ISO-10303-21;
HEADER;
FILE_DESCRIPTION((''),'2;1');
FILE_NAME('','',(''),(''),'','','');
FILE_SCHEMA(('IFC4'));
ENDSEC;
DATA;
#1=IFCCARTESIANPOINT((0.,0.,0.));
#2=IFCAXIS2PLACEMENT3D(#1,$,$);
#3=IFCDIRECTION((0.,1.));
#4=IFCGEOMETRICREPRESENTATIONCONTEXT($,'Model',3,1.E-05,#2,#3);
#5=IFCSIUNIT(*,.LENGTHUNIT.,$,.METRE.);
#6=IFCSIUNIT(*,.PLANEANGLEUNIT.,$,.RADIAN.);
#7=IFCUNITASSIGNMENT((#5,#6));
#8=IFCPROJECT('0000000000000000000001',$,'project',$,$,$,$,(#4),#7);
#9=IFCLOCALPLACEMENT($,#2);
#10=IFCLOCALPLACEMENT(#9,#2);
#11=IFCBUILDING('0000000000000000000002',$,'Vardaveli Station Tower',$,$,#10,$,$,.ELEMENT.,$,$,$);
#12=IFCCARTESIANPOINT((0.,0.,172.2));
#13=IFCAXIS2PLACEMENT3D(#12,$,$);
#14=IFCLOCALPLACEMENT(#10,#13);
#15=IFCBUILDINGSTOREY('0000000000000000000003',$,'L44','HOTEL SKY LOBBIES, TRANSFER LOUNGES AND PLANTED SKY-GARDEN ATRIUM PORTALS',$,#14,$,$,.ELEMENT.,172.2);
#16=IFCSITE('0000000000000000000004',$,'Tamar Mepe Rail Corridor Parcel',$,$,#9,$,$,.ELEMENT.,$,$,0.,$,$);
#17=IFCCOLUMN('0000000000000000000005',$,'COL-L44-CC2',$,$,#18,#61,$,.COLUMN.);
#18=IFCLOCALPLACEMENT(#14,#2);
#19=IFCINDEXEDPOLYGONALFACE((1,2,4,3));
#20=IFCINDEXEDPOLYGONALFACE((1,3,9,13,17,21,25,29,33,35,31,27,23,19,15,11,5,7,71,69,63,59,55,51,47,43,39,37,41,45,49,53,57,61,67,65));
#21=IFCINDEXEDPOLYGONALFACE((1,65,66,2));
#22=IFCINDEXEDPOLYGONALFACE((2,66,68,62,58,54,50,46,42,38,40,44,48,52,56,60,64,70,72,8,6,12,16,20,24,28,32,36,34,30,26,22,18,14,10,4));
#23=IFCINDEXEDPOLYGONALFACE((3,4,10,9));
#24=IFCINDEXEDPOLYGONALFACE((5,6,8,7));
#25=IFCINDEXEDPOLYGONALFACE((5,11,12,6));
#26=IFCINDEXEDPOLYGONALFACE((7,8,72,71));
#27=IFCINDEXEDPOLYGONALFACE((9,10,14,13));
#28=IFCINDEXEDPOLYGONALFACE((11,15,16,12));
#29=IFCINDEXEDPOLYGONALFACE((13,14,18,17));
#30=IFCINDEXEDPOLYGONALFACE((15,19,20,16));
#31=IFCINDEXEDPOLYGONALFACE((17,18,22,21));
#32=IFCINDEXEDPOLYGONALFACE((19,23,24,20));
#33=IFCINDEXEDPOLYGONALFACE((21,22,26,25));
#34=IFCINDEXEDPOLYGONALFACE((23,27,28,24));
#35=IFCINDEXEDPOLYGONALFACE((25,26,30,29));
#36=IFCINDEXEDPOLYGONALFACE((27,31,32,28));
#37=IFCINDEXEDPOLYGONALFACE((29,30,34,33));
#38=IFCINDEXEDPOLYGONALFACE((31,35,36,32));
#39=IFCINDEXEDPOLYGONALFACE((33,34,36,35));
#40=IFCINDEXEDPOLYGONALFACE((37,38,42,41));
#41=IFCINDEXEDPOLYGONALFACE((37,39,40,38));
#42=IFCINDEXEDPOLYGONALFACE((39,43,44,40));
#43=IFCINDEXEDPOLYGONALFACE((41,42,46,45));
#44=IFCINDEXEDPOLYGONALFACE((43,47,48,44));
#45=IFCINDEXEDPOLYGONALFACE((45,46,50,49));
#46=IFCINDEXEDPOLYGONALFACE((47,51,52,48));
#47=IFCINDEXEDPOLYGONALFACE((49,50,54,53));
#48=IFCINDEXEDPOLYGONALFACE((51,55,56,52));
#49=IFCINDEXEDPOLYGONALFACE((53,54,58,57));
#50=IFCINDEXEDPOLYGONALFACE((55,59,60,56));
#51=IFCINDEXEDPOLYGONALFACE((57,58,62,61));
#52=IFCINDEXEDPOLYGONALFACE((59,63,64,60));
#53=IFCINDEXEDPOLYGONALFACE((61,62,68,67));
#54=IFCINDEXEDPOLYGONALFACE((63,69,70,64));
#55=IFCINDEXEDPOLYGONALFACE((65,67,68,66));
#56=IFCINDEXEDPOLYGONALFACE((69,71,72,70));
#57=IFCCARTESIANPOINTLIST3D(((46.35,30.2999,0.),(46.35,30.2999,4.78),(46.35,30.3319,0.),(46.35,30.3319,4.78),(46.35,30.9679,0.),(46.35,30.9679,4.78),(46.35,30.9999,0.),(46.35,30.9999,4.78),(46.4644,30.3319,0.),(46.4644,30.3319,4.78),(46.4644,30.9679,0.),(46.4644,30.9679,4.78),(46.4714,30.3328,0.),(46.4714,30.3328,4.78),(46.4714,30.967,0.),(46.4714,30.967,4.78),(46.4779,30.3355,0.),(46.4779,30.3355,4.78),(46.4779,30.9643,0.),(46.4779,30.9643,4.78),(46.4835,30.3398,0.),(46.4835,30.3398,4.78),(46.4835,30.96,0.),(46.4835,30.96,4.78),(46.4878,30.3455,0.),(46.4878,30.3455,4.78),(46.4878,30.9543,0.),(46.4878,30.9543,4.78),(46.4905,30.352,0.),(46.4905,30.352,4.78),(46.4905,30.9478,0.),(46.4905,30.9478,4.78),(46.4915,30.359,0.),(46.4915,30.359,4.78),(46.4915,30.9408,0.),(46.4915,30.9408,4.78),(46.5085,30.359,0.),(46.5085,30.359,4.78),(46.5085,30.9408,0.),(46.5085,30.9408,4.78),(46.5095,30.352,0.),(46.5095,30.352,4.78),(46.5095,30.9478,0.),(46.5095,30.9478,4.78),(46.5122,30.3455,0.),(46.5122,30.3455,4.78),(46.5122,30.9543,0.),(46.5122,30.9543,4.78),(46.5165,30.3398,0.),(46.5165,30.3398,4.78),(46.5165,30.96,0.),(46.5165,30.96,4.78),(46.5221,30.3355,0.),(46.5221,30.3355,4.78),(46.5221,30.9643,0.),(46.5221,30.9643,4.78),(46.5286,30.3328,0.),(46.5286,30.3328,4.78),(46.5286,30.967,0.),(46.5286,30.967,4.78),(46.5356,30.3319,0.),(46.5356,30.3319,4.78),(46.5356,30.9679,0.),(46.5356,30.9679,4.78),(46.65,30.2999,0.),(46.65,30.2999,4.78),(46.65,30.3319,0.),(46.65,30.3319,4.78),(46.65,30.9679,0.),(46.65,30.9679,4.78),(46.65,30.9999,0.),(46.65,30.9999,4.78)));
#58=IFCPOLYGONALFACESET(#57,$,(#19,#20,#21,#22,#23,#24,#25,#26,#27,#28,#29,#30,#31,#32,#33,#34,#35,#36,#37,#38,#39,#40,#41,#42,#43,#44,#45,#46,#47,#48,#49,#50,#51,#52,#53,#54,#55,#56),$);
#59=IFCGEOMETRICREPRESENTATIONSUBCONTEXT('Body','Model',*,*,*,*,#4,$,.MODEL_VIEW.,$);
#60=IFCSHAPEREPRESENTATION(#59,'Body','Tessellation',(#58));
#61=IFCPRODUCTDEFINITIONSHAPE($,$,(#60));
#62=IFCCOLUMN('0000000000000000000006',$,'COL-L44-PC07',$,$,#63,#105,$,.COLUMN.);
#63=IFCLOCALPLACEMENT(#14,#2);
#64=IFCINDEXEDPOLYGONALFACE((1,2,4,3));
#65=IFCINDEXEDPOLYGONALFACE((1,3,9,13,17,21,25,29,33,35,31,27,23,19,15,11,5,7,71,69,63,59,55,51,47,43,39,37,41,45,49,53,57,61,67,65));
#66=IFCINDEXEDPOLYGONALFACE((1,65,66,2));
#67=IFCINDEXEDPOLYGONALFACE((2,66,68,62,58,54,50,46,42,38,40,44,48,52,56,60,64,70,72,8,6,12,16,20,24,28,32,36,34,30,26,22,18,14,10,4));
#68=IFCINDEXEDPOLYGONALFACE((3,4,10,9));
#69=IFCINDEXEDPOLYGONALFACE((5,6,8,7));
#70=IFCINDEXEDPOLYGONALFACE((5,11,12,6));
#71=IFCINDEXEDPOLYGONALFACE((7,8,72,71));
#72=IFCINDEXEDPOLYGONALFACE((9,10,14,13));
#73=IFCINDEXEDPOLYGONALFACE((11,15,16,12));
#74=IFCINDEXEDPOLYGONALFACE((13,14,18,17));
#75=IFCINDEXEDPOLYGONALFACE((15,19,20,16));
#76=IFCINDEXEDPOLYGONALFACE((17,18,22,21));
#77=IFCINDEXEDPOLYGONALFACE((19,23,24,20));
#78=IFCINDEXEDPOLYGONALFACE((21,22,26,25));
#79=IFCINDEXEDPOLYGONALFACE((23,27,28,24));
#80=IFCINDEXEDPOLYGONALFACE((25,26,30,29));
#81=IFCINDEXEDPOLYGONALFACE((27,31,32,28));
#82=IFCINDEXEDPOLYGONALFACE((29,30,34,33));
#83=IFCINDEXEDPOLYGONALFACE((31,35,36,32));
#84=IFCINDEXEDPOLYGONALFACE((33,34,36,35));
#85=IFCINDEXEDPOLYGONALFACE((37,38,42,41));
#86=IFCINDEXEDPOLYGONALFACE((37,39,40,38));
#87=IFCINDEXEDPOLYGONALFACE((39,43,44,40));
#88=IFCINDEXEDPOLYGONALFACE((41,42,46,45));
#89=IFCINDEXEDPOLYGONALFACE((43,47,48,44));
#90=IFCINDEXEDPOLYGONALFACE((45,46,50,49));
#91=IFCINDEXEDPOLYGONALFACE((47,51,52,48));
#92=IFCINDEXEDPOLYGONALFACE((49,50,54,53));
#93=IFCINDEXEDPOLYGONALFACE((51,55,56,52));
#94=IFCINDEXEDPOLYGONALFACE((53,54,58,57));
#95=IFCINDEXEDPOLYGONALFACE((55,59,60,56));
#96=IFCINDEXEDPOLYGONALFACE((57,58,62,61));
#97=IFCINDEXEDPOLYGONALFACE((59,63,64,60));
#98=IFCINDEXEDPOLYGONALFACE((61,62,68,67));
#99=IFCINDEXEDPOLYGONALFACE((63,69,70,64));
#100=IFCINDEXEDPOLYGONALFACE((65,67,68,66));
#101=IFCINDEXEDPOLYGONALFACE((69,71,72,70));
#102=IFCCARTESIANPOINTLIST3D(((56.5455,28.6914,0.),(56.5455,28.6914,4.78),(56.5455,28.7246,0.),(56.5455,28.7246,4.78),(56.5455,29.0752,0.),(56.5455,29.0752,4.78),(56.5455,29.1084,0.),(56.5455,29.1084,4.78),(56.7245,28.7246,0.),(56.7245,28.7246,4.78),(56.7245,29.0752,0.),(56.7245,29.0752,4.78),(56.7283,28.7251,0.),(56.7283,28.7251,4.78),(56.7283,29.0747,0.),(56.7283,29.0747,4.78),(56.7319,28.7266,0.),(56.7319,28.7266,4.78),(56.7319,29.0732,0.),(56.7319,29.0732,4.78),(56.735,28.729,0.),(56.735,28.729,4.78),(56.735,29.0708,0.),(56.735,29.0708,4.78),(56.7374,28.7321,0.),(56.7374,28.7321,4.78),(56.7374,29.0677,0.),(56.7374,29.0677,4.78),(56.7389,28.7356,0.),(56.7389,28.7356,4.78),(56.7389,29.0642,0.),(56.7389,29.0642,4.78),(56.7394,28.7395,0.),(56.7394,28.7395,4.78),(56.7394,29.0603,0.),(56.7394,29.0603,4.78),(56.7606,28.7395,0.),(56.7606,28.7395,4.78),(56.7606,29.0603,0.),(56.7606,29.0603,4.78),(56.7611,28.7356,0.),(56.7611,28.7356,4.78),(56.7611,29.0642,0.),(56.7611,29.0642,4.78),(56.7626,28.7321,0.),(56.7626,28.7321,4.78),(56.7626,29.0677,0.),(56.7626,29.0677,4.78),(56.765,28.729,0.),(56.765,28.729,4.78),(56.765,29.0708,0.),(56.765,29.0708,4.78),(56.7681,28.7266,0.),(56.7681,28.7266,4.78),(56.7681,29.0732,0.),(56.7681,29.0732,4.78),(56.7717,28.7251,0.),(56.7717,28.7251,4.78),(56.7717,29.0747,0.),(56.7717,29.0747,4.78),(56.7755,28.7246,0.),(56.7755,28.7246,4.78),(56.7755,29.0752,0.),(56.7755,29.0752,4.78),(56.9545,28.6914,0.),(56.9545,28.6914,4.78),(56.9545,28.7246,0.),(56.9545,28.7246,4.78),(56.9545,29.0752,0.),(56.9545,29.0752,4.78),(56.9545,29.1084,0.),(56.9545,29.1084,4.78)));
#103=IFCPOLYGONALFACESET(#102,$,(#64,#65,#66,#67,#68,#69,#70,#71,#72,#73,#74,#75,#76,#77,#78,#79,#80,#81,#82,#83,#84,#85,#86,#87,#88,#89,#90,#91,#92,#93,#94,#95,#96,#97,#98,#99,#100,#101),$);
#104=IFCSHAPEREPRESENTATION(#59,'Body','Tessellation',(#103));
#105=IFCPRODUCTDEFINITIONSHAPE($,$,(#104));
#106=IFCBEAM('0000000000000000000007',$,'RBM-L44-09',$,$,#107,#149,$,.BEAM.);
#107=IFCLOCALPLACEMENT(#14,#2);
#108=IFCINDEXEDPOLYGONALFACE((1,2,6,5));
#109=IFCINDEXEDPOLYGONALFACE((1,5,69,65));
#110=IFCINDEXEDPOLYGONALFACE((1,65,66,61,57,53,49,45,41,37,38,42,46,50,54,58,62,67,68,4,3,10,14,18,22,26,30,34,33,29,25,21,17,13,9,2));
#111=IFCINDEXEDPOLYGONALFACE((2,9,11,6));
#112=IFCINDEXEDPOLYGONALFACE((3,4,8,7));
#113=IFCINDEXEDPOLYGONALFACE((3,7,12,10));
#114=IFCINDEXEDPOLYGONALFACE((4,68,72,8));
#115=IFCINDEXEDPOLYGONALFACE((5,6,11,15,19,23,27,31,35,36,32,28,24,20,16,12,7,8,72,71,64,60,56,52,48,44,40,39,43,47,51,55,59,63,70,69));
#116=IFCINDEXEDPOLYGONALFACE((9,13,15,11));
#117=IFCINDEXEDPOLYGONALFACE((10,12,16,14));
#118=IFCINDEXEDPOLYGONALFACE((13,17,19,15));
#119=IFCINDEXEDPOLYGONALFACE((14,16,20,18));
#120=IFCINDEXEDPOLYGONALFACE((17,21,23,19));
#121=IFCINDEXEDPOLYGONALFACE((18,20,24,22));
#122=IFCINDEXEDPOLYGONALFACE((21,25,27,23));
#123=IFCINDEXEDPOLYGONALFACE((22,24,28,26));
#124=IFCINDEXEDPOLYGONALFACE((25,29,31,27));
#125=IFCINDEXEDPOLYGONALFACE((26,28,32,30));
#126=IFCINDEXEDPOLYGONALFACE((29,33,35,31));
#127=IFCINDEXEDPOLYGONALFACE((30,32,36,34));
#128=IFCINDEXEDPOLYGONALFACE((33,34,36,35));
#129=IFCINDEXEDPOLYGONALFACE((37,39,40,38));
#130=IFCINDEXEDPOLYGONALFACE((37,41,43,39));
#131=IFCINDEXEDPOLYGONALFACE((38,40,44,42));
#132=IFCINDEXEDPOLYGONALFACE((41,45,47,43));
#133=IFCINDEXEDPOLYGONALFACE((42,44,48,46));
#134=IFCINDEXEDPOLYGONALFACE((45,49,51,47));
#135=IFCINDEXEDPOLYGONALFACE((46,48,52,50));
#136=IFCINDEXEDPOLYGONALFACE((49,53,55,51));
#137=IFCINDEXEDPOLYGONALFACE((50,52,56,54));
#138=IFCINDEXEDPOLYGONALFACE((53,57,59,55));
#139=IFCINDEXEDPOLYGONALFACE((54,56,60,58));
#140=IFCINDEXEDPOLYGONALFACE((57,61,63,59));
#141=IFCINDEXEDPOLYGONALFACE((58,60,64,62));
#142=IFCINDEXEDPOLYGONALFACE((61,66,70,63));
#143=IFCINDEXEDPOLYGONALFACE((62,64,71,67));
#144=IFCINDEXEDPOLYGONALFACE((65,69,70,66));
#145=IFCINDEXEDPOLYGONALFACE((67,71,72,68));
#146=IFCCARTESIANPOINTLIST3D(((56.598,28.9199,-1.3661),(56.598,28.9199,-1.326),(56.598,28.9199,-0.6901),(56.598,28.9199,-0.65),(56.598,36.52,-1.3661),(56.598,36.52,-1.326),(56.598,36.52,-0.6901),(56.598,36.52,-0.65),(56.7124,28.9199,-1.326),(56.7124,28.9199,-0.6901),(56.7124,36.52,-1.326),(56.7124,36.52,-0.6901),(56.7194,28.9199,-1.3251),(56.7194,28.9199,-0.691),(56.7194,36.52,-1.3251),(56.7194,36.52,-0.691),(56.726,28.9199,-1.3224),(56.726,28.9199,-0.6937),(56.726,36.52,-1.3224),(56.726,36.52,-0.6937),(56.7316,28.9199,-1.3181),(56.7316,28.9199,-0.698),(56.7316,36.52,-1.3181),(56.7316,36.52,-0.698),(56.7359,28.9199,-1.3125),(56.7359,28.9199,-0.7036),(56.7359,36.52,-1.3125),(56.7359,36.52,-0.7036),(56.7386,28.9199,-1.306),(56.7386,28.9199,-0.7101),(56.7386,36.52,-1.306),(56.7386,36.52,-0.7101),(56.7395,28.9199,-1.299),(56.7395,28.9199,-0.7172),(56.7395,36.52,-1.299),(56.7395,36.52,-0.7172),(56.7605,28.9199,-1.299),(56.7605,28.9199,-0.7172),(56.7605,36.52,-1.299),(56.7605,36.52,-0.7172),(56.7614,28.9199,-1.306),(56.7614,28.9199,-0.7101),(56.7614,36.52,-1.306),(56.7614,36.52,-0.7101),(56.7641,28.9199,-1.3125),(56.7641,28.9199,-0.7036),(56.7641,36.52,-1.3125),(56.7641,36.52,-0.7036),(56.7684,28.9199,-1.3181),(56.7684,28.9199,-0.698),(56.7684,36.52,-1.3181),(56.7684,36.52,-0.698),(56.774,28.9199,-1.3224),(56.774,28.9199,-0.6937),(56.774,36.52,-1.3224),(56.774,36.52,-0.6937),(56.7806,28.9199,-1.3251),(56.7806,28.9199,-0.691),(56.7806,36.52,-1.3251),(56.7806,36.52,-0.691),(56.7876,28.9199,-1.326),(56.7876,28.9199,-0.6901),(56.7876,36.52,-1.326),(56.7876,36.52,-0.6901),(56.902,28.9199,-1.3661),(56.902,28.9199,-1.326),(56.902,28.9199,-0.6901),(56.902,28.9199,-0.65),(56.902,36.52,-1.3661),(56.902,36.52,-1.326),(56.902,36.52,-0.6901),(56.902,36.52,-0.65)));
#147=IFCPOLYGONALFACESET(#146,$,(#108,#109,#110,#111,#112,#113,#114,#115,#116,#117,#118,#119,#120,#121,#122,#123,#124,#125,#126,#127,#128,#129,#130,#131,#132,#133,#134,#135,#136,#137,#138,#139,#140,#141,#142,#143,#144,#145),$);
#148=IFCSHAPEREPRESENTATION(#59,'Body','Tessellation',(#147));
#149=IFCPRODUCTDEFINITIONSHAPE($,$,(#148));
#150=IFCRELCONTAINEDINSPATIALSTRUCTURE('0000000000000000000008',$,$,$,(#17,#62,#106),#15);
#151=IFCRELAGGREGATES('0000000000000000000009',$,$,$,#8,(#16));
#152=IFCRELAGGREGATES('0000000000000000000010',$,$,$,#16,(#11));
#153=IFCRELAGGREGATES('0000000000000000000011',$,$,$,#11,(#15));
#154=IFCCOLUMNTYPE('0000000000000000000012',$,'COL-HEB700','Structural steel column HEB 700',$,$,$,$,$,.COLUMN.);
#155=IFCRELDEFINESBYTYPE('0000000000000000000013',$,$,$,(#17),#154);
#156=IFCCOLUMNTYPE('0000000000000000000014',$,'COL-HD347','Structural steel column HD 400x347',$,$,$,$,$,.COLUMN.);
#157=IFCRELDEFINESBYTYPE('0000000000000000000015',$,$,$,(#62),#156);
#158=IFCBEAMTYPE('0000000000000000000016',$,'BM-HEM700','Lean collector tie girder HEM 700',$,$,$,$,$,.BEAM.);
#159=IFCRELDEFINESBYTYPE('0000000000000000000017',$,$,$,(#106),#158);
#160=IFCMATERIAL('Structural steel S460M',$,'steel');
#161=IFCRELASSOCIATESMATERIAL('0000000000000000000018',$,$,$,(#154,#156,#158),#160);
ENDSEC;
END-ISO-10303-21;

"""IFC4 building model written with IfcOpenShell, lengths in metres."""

from ifc_helpers import new_model, si_unit, direction, frame, origin, origin_2d, place, context, subcontext, project, spatial, i_section, extrude, source, transform, mapped, material, material_profile, profile_set, type_object, element, save


model = new_model("IFC4")

# Units and contexts
model_context = context("Model", 3, precision=1e-05, world=origin(), true_north=direction((0.0, 1.0)))
body_context = subcontext(model_context, "Body", "Model", "MODEL_VIEW")
ifc_project = project(units=[si_unit("LENGTHUNIT", "METRE"), si_unit("PLANEANGLEUNIT", "RADIAN")], contexts=[model_context])

# Site, building, storey
site_placement = place(None, origin())
site = spatial("IfcSite", under=ifc_project, at=site_placement, Name="Tamar Mepe Rail Corridor Parcel", CompositionType="ELEMENT", RefElevation=0.0)
building_placement = place(site_placement, origin())
building = spatial("IfcBuilding", under=site, at=building_placement, Name="Vardaveli Station Tower", CompositionType="ELEMENT")
storey_placement = place(building_placement, frame((0.0, 0.0, 172.2)))
storey = spatial("IfcBuildingStorey", under=building, at=storey_placement, Name="L44", Description="HOTEL SKY LOBBIES, TRANSFER LOUNGES AND PLANTED SKY-GARDEN ATRIUM PORTALS", CompositionType="ELEMENT", Elevation=172.2)

# Columns
ifc_material_1 = material(Name="Structural steel S460M", Category="steel")
ifc_material_profile_1 = material_profile(ifc_material_1, i_section(OverallWidth=0.3, OverallDepth=0.7, WebThickness=0.0171, FlangeThickness=0.032, FilletRadius=0.0271, at=origin_2d()), Name="HEB 700")
ifc_profile_set_1 = profile_set([ifc_material_profile_1], Name="Structural steel S460M")
column_type_1 = type_object("IfcColumnType", Name="COL-HEB700", Description="Structural steel column HEB 700", PredefinedType="COLUMN", material=ifc_profile_set_1)
shared_shape_1 = source(origin(), body_context, "Body", "SweptSolid", [
    extrude(i_section(OverallWidth=0.3, OverallDepth=0.7, WebThickness=0.0171, FlangeThickness=0.032, FilletRadius=0.0271, at=origin_2d()), origin(), (0.0, 0.0, 1.0), 4.78),
])
column_1_placement = place(storey_placement, frame((46.5, 30.6499, 0.0), z_axis=(0.0, 0.0, 1.0), x_axis=(1.0, 0.0, 0.0)))
element("IfcColumn", 1, at=column_1_placement, inside=storey, type_object=column_type_1, Name="COL-L44-CC2", PredefinedType="COLUMN", context=body_context, shape_type="MappedRepresentation", body=[
    mapped(shared_shape_1, transform((0.0, 0.0, 0.0), scale=1.0)),
])
ifc_material_profile_2 = material_profile(ifc_material_1, i_section(OverallWidth=0.4089, OverallDepth=0.417, WebThickness=0.0212, FlangeThickness=0.0332, FilletRadius=0.0149, at=origin_2d()), Name="HD 400x347")
ifc_profile_set_2 = profile_set([ifc_material_profile_2], Name="Structural steel S460M")
column_type_2 = type_object("IfcColumnType", Name="COL-HD347", Description="Structural steel column HD 400x347", PredefinedType="COLUMN", material=ifc_profile_set_2)
shared_shape_2 = source(origin(), body_context, "Body", "SweptSolid", [
    extrude(i_section(OverallWidth=0.4089, OverallDepth=0.417, WebThickness=0.0212, FlangeThickness=0.0332, FilletRadius=0.0149, at=origin_2d()), origin(), (0.0, 0.0, 1.0), 4.78),
])
column_2_placement = place(storey_placement, frame((56.75, 28.8999, 0.0), z_axis=(0.0, 0.0, 1.0), x_axis=(1.0, 0.0, 0.0)))
element("IfcColumn", 2, at=column_2_placement, inside=storey, type_object=column_type_2, Name="COL-L44-PC07", PredefinedType="COLUMN", context=body_context, shape_type="MappedRepresentation", body=[
    mapped(shared_shape_2, transform((0.0, 0.0, 0.0), scale=1.0)),
])

# Beam
ifc_material_profile_3 = material_profile(ifc_material_1, i_section(OverallWidth=0.304, OverallDepth=0.7161, WebThickness=0.021, FlangeThickness=0.04, FilletRadius=0.0271, at=origin_2d()), Name="HEM 700")
ifc_profile_set_3 = profile_set([ifc_material_profile_3], Name="Structural steel S460M")
beam_type_1 = type_object("IfcBeamType", Name="BM-HEM700", Description="Lean collector tie girder HEM 700", PredefinedType="BEAM", material=ifc_profile_set_3)
shared_shape_3 = source(origin(), body_context, "Body", "SweptSolid", [
    extrude(i_section(OverallWidth=0.304, OverallDepth=0.7161, WebThickness=0.021, FlangeThickness=0.04, FilletRadius=0.0271, at=origin_2d()), origin(), (0.0, 0.0, 1.0), 7.6001),
])
beam_1_placement = place(storey_placement, frame((56.75, 28.9199, -1.0081), z_axis=(0.0, 1.0, 0.0), x_axis=(-1.0, 0.0, 0.0)))
element("IfcBeam", 3, at=beam_1_placement, inside=storey, type_object=beam_type_1, Name="RBM-L44-09", PredefinedType="BEAM", context=body_context, shape_type="MappedRepresentation", body=[
    mapped(shared_shape_3, transform((0.0, 0.0, 0.0), scale=1.0)),
])

save(model, "model.ifc")
